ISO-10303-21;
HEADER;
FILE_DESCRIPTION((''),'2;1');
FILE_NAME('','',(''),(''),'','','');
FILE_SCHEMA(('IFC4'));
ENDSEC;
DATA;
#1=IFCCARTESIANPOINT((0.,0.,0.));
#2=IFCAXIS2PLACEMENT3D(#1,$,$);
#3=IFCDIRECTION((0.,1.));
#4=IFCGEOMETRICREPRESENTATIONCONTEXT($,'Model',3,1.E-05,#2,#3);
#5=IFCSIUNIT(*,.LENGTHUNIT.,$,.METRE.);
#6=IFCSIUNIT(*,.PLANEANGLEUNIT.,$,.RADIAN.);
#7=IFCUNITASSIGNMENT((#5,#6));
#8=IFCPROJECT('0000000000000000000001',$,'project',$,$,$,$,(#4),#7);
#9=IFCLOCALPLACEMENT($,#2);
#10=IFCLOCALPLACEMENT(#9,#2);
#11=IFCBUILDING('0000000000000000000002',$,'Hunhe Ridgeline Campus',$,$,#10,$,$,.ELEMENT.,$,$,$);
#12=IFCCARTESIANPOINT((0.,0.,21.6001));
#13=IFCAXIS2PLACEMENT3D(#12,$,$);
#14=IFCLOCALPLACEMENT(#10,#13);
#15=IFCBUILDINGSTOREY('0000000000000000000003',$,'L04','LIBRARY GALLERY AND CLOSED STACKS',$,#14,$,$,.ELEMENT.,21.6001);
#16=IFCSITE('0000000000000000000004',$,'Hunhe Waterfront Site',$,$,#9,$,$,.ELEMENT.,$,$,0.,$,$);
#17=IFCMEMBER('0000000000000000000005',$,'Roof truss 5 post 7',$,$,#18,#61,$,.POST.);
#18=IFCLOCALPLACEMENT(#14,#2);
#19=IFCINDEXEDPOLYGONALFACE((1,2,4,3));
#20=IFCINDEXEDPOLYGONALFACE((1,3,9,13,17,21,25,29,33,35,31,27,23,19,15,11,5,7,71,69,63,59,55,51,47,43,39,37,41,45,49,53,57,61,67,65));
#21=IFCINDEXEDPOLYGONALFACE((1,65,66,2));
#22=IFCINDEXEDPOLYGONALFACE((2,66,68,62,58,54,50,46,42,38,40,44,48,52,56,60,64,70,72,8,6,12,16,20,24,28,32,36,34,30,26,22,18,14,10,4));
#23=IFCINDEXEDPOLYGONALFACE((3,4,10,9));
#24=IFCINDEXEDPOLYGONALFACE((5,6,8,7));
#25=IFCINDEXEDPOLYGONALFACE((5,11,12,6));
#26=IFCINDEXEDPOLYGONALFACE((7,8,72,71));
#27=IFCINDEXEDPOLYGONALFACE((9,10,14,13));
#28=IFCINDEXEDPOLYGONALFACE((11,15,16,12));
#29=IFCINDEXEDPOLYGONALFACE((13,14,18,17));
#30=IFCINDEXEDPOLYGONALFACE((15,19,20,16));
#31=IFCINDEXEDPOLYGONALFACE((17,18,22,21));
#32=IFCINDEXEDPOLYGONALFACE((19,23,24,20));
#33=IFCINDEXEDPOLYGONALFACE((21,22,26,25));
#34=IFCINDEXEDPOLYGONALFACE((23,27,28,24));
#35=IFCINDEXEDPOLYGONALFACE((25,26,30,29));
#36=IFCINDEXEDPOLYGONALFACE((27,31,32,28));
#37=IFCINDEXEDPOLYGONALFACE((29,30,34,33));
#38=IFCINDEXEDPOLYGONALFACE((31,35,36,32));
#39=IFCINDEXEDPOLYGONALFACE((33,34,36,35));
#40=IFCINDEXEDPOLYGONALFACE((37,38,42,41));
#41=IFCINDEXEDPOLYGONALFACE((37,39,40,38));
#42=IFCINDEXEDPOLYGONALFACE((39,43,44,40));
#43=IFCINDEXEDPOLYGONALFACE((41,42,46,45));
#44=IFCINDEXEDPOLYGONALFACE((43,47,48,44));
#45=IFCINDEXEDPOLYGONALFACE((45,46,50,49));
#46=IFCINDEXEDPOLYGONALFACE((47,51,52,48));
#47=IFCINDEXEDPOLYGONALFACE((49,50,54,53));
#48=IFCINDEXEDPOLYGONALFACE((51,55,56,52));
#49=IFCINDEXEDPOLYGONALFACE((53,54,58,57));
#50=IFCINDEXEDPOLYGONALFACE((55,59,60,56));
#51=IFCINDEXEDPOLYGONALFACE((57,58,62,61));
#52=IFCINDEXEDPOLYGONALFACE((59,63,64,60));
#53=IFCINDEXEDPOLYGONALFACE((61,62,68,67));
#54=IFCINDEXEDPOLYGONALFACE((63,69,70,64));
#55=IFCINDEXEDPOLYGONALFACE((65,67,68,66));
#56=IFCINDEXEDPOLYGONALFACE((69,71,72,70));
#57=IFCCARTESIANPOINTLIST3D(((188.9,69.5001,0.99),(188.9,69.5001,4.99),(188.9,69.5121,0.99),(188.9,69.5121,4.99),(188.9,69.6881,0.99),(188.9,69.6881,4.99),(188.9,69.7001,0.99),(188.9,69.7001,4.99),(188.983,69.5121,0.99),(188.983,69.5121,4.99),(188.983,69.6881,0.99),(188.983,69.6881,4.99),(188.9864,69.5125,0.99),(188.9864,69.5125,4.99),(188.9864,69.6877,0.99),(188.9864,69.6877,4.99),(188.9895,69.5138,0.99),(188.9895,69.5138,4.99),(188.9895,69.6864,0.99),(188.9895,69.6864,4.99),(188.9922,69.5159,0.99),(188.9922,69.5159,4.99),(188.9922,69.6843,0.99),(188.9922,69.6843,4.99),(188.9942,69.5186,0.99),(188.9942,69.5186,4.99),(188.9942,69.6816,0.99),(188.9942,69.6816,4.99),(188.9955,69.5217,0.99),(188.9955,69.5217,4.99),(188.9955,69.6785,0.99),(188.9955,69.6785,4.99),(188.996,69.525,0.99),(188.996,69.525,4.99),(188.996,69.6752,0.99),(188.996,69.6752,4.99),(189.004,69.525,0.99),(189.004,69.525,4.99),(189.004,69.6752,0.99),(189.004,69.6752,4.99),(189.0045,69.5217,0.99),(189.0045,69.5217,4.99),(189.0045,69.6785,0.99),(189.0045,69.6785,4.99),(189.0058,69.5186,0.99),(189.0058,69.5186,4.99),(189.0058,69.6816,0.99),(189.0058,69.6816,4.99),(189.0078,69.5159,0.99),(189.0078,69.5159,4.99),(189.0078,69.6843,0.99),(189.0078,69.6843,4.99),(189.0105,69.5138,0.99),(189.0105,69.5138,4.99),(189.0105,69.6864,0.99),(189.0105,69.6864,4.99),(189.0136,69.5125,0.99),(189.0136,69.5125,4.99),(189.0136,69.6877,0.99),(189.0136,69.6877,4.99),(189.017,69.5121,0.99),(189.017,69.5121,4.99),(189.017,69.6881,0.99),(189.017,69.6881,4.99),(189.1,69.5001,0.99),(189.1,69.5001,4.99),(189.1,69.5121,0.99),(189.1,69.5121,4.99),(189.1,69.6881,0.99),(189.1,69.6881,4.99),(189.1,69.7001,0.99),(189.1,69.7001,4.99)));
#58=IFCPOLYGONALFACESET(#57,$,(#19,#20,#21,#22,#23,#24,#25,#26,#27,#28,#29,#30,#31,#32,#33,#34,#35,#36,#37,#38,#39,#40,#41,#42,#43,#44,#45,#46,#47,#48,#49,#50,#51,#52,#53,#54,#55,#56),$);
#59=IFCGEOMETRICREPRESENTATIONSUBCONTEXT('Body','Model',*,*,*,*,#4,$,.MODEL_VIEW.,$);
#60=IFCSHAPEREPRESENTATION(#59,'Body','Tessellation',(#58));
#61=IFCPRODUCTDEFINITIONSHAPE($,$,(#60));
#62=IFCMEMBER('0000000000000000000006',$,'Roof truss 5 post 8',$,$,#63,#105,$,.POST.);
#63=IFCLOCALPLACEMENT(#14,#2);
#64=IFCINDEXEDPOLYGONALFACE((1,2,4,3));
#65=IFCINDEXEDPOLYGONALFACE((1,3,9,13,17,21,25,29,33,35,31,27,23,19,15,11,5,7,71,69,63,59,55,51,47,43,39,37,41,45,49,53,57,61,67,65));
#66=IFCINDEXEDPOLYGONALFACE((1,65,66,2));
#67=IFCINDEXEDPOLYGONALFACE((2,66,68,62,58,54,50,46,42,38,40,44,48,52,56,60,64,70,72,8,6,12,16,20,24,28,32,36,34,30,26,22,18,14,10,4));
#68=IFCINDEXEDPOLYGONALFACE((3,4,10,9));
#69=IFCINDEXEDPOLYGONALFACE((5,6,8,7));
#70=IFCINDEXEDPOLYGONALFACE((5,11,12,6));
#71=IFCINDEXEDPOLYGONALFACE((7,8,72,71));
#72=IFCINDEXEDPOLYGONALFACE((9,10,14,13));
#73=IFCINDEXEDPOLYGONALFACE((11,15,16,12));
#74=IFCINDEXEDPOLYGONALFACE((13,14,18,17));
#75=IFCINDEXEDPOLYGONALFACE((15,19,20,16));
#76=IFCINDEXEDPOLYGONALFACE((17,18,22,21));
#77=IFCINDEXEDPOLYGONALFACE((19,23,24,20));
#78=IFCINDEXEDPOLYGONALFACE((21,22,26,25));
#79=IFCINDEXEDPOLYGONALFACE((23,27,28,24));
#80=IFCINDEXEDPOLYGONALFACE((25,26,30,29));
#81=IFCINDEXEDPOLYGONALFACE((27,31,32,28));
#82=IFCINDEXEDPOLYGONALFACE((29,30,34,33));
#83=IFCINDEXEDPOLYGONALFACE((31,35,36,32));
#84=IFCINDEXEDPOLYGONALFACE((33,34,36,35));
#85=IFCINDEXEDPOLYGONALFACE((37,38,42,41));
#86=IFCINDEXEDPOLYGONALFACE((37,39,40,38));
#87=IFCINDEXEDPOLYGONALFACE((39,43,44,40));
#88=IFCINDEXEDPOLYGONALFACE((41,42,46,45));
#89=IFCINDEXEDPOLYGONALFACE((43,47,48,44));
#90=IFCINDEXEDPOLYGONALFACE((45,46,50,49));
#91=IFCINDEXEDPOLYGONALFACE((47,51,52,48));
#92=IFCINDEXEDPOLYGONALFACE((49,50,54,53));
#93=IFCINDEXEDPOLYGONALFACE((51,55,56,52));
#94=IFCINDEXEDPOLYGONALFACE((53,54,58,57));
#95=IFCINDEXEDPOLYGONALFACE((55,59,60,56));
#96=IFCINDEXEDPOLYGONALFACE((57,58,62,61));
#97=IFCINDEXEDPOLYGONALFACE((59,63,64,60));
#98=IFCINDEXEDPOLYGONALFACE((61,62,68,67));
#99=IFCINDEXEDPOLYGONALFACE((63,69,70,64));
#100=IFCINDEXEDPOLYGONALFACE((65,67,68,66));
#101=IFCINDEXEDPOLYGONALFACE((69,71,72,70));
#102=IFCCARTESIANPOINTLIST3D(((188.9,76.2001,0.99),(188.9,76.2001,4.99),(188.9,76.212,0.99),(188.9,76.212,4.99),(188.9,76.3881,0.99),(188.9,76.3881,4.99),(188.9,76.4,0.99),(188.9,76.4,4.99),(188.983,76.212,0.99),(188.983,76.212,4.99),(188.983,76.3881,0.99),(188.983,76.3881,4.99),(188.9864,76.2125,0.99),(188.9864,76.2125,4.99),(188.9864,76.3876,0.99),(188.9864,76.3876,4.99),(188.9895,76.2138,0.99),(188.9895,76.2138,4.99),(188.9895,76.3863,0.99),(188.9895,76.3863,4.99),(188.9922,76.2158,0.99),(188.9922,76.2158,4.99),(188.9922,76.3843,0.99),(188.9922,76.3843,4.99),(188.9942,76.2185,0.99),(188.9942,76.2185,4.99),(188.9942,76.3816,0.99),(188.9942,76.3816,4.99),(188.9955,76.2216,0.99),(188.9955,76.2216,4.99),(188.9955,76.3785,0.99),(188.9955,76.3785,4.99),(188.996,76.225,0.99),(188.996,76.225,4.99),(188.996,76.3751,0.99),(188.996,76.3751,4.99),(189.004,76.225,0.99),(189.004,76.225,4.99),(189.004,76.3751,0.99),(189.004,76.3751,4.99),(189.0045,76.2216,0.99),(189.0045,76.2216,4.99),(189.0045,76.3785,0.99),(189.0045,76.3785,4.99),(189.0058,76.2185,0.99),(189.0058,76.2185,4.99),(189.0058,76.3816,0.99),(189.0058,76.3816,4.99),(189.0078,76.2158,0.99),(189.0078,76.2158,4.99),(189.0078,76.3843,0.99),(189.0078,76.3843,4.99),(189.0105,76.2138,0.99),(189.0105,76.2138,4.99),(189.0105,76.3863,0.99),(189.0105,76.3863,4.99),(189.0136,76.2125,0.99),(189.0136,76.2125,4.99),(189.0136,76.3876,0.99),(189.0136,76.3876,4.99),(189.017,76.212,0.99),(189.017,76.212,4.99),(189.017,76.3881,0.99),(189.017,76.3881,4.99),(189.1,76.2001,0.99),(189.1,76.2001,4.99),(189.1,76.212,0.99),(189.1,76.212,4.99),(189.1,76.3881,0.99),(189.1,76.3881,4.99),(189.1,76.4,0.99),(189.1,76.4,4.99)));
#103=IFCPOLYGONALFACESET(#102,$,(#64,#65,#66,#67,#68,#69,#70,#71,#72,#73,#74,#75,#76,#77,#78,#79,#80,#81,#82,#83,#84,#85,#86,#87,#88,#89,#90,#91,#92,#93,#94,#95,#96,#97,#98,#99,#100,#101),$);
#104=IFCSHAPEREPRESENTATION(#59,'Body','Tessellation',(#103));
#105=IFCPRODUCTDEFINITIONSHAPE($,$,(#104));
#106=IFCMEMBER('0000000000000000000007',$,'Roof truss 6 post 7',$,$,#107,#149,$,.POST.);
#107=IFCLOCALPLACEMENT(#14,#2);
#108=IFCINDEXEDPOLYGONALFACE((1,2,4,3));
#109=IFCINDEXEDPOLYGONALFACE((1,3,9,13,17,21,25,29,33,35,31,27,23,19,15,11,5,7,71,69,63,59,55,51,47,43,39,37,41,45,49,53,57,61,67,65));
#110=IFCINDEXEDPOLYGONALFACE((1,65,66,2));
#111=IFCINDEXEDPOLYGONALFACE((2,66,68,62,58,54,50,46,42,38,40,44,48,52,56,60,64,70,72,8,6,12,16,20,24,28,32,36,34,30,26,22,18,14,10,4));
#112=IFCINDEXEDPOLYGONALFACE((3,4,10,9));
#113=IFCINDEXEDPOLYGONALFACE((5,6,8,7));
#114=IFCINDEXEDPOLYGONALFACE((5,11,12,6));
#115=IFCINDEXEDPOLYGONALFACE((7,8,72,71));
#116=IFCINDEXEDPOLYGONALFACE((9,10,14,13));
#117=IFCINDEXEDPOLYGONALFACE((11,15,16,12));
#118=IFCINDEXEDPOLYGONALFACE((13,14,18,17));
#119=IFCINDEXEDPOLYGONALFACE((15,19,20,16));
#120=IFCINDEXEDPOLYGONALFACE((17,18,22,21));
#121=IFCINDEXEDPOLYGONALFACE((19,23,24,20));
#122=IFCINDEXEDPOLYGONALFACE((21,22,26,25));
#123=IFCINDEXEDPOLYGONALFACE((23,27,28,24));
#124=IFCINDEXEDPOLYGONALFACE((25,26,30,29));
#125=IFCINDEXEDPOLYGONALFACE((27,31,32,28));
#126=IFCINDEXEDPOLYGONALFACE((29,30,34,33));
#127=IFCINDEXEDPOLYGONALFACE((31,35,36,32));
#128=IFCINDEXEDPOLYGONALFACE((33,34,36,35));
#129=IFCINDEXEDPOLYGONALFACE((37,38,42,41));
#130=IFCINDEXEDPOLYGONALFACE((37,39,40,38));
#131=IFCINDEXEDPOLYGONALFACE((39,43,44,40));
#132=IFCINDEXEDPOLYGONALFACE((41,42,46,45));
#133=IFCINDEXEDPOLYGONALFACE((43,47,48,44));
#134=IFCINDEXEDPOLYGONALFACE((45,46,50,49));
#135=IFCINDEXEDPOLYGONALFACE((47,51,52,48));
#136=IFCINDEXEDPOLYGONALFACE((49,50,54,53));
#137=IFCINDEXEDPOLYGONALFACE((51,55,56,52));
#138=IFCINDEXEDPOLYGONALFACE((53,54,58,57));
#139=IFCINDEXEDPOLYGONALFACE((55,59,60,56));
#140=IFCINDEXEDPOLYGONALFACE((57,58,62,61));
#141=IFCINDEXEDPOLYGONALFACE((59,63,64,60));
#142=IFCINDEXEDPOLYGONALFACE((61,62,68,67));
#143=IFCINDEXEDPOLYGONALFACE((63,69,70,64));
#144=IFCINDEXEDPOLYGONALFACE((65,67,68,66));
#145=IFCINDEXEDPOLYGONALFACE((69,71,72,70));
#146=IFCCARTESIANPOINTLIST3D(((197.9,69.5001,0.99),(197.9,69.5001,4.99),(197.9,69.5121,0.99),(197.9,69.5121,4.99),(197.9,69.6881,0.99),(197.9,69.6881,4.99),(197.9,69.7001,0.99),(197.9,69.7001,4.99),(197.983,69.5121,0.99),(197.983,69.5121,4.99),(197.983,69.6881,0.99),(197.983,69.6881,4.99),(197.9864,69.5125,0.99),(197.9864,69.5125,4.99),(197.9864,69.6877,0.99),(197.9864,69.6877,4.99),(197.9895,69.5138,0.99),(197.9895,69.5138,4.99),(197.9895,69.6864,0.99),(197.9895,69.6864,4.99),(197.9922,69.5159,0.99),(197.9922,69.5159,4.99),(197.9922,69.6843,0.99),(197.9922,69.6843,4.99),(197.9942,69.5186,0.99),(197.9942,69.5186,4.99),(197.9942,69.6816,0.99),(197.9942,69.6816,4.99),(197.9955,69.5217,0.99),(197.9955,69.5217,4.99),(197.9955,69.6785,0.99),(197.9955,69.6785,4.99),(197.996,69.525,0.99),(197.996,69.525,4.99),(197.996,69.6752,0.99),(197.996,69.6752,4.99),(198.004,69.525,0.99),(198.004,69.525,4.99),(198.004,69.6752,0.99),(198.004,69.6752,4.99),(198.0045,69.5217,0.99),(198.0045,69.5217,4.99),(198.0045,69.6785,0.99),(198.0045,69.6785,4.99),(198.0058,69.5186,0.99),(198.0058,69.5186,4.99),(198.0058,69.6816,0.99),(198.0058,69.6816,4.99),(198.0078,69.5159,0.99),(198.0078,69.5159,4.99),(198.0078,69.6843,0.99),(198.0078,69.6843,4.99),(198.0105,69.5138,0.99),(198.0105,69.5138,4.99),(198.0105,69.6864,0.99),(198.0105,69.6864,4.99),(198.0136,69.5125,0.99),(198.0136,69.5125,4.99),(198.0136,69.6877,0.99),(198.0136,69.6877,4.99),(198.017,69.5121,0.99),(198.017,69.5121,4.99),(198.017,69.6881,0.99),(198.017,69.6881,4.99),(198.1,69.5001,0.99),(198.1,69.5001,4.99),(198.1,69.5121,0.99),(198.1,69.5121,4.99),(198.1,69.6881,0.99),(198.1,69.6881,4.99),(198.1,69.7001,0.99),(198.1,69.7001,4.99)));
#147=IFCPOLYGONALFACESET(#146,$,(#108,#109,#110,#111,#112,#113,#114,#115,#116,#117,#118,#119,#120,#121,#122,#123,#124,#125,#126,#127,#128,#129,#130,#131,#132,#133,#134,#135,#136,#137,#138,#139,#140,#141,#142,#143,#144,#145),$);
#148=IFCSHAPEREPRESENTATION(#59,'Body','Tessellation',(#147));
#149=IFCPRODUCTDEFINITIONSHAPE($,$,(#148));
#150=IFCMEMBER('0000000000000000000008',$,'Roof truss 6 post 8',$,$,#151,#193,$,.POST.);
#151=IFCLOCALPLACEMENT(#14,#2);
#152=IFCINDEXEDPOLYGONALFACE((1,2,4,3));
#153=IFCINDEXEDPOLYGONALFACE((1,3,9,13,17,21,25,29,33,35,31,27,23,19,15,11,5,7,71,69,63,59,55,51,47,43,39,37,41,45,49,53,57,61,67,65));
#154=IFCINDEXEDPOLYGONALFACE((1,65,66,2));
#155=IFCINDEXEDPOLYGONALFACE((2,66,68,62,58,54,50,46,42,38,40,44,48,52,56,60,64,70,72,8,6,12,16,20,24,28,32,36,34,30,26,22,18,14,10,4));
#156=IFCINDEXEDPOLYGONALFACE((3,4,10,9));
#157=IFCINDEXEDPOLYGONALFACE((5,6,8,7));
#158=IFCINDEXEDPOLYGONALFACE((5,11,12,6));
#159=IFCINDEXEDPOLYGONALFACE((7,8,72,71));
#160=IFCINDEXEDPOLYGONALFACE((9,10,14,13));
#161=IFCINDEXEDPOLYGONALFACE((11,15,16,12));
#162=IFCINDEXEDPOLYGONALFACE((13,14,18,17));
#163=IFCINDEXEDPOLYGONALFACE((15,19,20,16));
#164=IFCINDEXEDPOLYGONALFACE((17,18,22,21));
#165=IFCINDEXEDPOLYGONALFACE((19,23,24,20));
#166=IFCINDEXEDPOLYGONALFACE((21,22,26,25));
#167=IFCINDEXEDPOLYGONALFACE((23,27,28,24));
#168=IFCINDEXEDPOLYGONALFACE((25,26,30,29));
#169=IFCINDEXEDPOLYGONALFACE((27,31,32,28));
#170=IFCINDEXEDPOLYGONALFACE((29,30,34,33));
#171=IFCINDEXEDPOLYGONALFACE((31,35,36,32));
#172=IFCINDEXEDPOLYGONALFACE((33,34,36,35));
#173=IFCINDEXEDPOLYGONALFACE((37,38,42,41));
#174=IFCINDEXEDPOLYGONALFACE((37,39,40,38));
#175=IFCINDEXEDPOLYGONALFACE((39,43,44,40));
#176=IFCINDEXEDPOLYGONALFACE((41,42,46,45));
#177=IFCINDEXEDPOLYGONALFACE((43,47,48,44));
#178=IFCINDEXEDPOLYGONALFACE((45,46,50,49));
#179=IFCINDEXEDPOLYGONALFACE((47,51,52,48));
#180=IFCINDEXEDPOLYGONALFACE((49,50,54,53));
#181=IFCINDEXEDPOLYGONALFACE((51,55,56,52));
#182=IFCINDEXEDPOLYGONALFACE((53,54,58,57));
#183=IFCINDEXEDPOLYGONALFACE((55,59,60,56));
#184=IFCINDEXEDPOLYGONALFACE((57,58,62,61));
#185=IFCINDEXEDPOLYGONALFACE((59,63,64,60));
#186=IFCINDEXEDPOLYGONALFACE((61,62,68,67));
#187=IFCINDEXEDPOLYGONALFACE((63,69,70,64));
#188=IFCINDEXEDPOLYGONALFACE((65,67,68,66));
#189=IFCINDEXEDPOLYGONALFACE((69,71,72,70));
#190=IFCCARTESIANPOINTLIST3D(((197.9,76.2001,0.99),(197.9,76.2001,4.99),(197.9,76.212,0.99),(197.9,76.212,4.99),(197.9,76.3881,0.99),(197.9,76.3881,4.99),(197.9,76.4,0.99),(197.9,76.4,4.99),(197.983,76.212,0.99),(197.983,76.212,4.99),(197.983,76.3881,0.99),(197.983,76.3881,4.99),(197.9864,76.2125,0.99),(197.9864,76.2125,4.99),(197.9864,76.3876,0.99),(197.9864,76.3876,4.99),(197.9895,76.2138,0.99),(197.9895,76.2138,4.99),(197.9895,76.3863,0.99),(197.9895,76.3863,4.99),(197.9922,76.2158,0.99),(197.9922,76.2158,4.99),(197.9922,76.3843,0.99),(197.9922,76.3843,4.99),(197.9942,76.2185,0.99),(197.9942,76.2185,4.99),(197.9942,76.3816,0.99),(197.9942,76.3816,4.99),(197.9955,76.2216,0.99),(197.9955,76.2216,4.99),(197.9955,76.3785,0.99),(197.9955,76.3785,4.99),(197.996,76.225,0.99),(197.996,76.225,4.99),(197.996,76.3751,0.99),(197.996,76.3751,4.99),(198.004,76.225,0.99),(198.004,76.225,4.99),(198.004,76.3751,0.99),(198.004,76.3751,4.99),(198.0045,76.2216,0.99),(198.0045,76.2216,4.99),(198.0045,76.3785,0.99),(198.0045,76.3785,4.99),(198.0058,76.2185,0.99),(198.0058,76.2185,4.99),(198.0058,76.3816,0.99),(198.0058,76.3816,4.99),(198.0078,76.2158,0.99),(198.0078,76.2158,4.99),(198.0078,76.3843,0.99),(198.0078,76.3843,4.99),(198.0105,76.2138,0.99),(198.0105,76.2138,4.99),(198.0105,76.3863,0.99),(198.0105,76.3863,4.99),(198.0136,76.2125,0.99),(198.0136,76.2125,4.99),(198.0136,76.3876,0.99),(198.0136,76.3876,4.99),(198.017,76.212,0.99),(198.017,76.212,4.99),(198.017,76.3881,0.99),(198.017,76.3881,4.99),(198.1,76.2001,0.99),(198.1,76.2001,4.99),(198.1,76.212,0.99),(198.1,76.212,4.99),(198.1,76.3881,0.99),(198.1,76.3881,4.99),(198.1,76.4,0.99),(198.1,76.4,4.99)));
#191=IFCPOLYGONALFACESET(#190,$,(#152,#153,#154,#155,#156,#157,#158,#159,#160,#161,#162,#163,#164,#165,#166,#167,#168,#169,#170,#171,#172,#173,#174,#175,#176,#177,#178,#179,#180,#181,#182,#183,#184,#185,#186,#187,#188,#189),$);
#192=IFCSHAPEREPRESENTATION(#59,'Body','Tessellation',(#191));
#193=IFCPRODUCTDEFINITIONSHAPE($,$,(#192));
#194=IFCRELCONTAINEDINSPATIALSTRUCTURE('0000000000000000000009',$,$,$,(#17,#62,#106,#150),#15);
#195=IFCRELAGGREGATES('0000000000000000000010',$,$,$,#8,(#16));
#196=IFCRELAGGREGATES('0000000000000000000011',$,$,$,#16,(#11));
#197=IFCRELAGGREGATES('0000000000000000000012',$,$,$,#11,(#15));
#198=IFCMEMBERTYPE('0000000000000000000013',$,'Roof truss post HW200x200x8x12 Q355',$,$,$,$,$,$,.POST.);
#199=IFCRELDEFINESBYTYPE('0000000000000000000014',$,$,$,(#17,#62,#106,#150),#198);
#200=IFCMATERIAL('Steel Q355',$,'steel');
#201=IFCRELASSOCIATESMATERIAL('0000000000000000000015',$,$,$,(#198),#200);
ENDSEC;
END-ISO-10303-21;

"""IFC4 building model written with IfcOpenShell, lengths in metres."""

from ifc_helpers import new_model, si_unit, direction, frame, origin, origin_2d, place, context, subcontext, project, spatial, i_section, extrude, material, material_profile, profile_set, type_object, element, save


model = new_model("IFC4")

# Units and contexts
model_context = context("Model", 3, precision=1e-05, world=origin(), true_north=direction((0.0, 1.0)))
body_context = subcontext(model_context, "Body", "Model", "MODEL_VIEW")
ifc_project = project(units=[si_unit("LENGTHUNIT", "METRE"), si_unit("PLANEANGLEUNIT", "RADIAN")], contexts=[model_context])

# Site, building, storey
site_placement = place(None, origin())
site = spatial("IfcSite", under=ifc_project, at=site_placement, Name="Hunhe Waterfront Site", CompositionType="ELEMENT", RefElevation=0.0)
building_placement = place(site_placement, origin())
building = spatial("IfcBuilding", under=site, at=building_placement, Name="Hunhe Ridgeline Campus", CompositionType="ELEMENT")
storey_placement = place(building_placement, frame((0.0, 0.0, 21.6001)))
storey = spatial("IfcBuildingStorey", under=building, at=storey_placement, Name="L04", Description="LIBRARY GALLERY AND CLOSED STACKS", CompositionType="ELEMENT", Elevation=21.6001)

# Members
ifc_material_1 = material(Name="Steel Q355", Category="steel")
ifc_material_profile_1 = material_profile(ifc_material_1, i_section(OverallWidth=0.2, OverallDepth=0.2, WebThickness=0.0081, FlangeThickness=0.012, FilletRadius=0.0129, at=origin_2d()))
ifc_profile_set_1 = profile_set([ifc_material_profile_1], Name="Steel Q355")
member_type_1 = type_object("IfcMemberType", Name="Roof truss post HW200x200x8x12 Q355", PredefinedType="POST", material=ifc_profile_set_1)
for number, where, z_axis, x_axis, name in (
    (1, (189.0, 69.6001, 0.99), (0.0, 0.0, 1.0), (1.0, 0.0, 0.0), "Roof truss 5 post 7"),
    (2, (189.0, 76.3, 0.99), (0.0, 0.0, 1.0), (1.0, 0.0, 0.0), "Roof truss 5 post 8"),
    (3, (198.0, 69.6001, 0.99), (0.0, 0.0, 1.0), (1.0, 0.0, 0.0), "Roof truss 6 post 7"),
    (4, (198.0, 76.3, 0.99), (0.0, 0.0, 1.0), (1.0, 0.0, 0.0), "Roof truss 6 post 8"),
):
    element("IfcMember", number, at=place(storey_placement, frame(where, z_axis=z_axis, x_axis=x_axis)), inside=storey, type_object=member_type_1, Name=name, PredefinedType="POST", context=body_context, shape_type="SweptSolid", body=[
        extrude(i_section(OverallWidth=0.2, OverallDepth=0.2, WebThickness=0.0081, FlangeThickness=0.012, FilletRadius=0.0129, at=origin_2d()), origin(), (0.0, 0.0, 1.0), 4.0),
    ])

save(model, "model.ifc")
